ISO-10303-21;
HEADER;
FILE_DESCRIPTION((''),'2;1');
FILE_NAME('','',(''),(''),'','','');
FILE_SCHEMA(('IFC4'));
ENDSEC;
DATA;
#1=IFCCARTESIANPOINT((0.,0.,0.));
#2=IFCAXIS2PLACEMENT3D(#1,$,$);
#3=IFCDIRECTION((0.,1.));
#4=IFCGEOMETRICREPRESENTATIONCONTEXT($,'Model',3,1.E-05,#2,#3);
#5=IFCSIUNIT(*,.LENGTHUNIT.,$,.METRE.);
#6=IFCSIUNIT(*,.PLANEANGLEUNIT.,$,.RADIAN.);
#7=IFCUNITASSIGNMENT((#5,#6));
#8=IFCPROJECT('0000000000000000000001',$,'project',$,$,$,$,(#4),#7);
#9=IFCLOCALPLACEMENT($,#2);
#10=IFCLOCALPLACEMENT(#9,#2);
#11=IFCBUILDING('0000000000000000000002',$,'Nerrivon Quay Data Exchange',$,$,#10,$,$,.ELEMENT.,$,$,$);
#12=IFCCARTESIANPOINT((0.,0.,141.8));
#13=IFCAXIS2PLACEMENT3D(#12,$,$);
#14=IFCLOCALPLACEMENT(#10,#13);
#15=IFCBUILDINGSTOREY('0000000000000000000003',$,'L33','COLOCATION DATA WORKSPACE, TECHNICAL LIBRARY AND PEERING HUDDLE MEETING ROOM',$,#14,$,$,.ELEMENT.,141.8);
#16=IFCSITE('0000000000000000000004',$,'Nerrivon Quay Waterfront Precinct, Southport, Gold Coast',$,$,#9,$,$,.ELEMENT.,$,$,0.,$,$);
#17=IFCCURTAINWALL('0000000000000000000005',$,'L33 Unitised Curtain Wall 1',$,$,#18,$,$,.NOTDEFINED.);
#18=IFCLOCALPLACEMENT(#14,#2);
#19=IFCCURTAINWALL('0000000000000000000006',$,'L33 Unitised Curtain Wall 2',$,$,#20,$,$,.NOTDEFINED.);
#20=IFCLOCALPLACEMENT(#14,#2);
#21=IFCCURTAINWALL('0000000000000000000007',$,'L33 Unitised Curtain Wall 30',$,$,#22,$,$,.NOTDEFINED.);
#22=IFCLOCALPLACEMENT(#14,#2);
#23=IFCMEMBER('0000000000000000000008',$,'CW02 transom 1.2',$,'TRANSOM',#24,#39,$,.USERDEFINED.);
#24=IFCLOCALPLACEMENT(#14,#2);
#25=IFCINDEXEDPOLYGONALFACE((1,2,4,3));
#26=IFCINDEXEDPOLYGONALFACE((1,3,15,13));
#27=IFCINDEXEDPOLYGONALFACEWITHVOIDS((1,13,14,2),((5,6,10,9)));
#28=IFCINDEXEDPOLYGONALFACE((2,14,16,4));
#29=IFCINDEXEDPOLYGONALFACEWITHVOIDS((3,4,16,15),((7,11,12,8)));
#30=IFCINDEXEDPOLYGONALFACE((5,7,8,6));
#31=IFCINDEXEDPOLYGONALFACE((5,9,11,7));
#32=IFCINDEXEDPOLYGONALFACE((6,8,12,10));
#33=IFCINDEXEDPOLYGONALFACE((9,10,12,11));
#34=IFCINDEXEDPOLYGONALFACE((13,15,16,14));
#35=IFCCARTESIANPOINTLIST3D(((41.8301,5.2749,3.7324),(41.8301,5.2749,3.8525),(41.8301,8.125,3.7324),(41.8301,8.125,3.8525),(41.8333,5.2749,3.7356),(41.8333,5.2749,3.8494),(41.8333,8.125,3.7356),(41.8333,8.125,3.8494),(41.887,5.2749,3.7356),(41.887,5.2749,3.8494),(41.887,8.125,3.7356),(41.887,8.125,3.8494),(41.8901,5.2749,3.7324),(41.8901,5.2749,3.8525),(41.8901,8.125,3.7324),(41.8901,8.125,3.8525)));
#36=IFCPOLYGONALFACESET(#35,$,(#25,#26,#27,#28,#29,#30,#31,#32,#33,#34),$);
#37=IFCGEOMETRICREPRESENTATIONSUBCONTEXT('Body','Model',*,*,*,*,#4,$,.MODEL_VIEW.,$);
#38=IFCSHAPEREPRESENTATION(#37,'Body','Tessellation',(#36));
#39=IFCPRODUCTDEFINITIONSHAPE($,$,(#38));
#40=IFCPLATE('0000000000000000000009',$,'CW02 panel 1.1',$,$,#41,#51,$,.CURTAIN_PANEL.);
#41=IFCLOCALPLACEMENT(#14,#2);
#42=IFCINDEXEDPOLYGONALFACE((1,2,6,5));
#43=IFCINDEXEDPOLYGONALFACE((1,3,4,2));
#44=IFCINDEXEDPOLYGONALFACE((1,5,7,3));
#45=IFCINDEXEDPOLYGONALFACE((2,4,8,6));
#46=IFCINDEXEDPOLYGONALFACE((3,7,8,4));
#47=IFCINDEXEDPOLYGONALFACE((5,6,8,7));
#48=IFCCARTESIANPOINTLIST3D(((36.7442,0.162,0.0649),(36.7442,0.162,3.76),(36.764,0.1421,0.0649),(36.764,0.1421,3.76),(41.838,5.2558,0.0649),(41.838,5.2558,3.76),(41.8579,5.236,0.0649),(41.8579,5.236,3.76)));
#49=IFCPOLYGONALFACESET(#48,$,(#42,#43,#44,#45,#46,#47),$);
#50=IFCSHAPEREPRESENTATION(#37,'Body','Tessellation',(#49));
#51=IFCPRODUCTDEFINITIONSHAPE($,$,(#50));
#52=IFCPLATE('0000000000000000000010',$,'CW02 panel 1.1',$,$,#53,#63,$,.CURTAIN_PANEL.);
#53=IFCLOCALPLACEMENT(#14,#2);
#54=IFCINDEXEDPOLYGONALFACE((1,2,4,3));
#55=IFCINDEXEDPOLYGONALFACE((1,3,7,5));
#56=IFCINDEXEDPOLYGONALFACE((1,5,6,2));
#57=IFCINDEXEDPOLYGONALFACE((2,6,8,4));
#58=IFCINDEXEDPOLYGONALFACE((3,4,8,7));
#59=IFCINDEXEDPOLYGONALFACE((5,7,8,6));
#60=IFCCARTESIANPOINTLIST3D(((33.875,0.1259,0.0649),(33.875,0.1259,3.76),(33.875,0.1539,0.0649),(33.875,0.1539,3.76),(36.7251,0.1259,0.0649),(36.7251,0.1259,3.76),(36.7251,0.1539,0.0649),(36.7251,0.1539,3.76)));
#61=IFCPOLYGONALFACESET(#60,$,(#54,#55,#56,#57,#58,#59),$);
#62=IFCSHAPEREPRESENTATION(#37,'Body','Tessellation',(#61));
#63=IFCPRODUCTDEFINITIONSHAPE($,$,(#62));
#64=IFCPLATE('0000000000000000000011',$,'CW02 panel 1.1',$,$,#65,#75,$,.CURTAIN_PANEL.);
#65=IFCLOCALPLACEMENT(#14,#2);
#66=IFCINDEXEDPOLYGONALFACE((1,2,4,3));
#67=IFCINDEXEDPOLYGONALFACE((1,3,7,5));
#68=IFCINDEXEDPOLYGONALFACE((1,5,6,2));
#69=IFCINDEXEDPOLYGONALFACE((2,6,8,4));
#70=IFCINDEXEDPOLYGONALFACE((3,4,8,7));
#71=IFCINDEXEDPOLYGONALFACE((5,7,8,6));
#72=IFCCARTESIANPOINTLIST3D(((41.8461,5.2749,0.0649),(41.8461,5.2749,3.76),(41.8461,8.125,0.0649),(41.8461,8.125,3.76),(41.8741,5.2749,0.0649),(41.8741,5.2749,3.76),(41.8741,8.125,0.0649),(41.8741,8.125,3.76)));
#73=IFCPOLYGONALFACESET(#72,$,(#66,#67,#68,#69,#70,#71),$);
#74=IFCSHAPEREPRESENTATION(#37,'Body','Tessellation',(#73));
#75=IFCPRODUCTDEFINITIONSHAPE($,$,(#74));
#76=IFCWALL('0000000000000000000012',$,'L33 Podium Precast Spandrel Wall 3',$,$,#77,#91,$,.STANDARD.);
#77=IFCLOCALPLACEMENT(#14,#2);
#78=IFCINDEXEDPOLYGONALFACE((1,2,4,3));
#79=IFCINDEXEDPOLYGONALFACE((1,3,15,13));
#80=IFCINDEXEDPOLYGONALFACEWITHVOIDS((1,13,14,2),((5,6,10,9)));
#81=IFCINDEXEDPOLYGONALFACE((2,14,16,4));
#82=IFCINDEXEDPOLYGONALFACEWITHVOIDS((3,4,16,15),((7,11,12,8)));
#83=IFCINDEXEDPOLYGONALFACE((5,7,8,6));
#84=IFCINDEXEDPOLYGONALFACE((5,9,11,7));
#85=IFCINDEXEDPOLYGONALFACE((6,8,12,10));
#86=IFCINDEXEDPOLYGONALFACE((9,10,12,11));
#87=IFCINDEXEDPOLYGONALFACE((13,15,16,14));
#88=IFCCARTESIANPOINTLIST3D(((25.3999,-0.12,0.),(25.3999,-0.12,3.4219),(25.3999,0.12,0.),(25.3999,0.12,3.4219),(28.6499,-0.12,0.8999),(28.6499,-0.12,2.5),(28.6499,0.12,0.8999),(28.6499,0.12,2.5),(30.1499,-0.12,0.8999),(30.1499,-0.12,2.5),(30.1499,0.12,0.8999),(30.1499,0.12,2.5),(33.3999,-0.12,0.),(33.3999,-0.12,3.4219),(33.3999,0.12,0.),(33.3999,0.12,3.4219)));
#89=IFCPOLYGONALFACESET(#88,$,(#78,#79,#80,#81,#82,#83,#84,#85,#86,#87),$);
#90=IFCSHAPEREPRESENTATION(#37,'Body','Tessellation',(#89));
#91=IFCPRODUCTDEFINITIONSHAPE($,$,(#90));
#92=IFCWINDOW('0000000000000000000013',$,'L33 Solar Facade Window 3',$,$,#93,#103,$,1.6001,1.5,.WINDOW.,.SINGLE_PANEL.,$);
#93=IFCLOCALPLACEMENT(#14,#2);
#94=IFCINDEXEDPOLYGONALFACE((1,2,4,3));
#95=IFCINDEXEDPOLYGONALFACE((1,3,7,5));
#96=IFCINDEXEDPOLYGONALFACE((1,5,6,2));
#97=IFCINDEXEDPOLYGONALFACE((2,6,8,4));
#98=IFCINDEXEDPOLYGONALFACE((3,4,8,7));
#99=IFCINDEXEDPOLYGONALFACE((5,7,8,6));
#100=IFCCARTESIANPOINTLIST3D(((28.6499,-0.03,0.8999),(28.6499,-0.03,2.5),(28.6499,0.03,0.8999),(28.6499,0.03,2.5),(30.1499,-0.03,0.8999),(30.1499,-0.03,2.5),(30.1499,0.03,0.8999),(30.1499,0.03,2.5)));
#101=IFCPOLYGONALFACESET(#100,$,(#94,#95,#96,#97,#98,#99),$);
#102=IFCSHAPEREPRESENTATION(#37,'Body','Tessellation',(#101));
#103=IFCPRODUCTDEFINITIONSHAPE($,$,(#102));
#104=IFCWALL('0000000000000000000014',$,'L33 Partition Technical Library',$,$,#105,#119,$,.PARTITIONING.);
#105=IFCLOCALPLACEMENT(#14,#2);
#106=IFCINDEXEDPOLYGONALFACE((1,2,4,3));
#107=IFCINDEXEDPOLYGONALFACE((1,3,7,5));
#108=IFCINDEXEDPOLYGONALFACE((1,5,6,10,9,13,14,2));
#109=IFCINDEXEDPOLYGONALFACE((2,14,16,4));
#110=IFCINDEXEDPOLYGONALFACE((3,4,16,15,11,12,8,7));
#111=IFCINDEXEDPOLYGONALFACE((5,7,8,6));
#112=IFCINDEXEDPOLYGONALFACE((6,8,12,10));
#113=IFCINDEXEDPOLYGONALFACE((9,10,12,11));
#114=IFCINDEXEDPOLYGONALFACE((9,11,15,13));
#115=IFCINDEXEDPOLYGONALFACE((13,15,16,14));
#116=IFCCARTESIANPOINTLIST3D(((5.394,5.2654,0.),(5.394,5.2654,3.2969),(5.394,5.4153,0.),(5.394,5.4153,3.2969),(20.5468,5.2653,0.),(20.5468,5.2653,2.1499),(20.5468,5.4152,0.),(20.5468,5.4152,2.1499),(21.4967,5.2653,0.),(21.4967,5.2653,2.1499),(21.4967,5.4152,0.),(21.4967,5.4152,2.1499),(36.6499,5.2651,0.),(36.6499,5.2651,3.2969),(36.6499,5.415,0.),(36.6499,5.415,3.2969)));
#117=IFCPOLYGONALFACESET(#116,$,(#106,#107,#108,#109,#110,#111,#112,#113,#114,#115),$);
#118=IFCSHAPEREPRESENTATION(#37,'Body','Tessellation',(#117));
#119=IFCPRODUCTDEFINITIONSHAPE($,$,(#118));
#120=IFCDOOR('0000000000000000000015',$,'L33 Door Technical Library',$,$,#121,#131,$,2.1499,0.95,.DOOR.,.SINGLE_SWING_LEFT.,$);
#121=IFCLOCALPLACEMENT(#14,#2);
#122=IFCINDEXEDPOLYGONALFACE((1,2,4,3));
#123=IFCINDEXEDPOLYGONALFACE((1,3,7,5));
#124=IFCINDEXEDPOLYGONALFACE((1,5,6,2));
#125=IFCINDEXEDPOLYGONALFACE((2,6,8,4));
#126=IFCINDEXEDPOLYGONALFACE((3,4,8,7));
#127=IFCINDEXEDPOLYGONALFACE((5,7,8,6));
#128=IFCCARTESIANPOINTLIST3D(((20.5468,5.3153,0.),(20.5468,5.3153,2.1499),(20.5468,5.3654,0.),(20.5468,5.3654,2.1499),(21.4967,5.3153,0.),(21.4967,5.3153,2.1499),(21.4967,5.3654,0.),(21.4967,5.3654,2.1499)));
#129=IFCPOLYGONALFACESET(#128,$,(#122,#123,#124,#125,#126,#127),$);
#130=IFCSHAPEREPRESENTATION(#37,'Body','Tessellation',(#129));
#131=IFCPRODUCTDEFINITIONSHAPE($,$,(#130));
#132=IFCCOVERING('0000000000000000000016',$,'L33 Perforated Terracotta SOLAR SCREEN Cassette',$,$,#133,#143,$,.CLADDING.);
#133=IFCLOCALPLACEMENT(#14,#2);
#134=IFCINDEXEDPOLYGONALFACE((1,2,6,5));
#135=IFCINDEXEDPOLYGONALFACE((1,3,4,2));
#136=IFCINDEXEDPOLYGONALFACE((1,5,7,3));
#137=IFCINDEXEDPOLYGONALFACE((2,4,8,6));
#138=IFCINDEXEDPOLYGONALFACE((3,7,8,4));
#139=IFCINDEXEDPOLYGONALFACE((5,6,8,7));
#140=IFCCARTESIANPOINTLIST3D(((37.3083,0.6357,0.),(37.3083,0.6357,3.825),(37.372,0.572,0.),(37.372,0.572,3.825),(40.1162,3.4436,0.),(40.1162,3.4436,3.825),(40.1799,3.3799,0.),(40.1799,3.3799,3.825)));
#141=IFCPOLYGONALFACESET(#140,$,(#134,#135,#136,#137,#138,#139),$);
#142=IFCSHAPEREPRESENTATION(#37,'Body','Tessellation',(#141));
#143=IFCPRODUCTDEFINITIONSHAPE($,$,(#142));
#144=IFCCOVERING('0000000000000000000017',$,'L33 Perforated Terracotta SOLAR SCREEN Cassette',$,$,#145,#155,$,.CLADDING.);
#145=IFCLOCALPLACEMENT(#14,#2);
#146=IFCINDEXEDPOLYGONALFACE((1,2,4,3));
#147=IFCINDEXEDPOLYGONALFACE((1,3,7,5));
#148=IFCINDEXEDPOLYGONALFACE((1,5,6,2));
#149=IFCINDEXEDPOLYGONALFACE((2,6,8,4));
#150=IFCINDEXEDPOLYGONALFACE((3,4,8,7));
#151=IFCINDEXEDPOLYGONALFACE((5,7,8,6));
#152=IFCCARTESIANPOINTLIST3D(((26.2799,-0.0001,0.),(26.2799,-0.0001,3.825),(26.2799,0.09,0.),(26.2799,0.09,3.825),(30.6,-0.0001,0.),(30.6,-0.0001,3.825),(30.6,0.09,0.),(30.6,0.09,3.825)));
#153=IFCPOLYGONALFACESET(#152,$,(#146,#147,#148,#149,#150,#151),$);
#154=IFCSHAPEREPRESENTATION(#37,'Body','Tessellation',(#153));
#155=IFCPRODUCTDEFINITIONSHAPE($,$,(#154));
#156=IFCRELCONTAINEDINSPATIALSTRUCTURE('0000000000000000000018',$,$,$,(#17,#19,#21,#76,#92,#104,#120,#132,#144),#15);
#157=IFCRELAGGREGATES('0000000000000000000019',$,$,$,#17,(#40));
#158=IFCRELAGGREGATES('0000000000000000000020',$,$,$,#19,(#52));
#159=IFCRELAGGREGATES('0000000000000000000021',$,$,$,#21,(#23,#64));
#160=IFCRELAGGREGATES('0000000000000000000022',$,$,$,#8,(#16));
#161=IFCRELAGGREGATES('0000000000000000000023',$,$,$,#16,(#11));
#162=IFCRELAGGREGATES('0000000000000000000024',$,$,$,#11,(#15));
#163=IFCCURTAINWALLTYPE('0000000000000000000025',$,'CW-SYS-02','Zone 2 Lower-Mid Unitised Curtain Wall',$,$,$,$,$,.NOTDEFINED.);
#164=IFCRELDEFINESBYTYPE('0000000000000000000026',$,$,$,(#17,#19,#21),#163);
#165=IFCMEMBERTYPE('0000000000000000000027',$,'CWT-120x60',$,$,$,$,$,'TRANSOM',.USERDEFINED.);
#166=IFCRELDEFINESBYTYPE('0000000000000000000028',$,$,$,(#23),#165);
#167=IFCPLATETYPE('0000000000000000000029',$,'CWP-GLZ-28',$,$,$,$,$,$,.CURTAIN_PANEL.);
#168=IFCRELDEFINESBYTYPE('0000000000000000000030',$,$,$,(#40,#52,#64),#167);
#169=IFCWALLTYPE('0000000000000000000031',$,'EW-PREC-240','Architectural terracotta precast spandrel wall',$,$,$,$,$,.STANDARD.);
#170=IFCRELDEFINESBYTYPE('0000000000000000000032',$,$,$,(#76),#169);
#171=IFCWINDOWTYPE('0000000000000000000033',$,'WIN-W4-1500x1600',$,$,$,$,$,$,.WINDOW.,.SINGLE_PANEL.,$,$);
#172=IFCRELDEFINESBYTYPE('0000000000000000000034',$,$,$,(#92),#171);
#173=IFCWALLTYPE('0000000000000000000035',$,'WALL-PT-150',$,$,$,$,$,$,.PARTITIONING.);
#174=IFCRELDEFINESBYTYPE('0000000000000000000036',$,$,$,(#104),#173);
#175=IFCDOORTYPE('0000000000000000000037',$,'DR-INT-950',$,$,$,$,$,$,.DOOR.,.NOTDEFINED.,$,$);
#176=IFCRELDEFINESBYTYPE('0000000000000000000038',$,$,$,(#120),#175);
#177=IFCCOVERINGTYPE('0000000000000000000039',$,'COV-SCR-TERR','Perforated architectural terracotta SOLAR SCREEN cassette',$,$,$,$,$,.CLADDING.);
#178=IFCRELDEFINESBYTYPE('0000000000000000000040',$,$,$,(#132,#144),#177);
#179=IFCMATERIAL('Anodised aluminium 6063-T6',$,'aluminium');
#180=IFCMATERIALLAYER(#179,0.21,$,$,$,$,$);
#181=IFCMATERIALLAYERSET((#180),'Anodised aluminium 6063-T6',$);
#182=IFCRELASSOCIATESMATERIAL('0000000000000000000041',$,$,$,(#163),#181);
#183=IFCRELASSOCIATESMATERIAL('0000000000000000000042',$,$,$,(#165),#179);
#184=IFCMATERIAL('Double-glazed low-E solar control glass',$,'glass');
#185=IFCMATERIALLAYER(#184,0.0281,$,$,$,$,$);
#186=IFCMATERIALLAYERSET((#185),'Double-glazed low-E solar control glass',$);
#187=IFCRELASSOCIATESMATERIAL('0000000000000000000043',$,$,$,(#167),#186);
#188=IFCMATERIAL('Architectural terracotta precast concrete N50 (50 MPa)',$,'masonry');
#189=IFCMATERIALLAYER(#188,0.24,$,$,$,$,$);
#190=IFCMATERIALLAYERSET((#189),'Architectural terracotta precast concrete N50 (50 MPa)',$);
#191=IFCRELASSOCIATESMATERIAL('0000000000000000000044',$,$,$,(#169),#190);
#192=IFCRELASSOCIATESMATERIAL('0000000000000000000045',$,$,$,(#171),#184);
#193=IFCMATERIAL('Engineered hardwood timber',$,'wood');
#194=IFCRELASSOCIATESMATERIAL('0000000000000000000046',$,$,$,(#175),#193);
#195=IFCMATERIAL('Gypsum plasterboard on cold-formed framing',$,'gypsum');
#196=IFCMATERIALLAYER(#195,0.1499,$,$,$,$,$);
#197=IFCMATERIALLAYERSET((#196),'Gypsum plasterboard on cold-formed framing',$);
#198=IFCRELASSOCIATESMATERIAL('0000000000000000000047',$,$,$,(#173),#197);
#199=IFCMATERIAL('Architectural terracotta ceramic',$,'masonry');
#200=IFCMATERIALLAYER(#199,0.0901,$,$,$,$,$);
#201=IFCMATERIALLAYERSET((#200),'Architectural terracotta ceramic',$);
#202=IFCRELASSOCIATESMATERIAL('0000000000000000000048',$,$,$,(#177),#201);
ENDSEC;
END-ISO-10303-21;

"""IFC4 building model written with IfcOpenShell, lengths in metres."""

from ifc_helpers import new_model, si_unit, direction, frame, frame_2d, origin, origin_2d, place, context, subcontext, project, spatial, rectangle, hollow_rectangle, extrude, material, layer, layer_set, material_profile, profile_set, type_object, element, fill, aggregate, save


model = new_model("IFC4")

# Units and contexts
model_context = context("Model", 3, precision=1e-05, world=origin(), true_north=direction((0.0, 1.0)))
body_context = subcontext(model_context, "Body", "Model", "MODEL_VIEW")
ifc_project = project(units=[si_unit("LENGTHUNIT", "METRE"), si_unit("PLANEANGLEUNIT", "RADIAN")], contexts=[model_context])

# Site, building, storey
site_placement = place(None, origin())
site = spatial("IfcSite", under=ifc_project, at=site_placement, Name="Nerrivon Quay Waterfront Precinct, Southport, Gold Coast", CompositionType="ELEMENT", RefElevation=0.0)
building_placement = place(site_placement, origin())
building = spatial("IfcBuilding", under=site, at=building_placement, Name="Nerrivon Quay Data Exchange", CompositionType="ELEMENT")
storey_placement = place(building_placement, frame((0.0, 0.0, 141.8)))
storey = spatial("IfcBuildingStorey", under=building, at=storey_placement, Name="L33", Description="COLOCATION DATA WORKSPACE, TECHNICAL LIBRARY AND PEERING HUDDLE MEETING ROOM", CompositionType="ELEMENT", Elevation=141.8)

# Curtain walls
ifc_material_1 = material(Name="Anodised aluminium 6063-T6", Category="aluminium")
ifc_layer_1 = layer(ifc_material_1, 0.21)
ifc_layer_set_1 = layer_set([ifc_layer_1], Name="Anodised aluminium 6063-T6")
curtain_wall_type = type_object("IfcCurtainWallType", Name="CW-SYS-02", Description="Zone 2 Lower-Mid Unitised Curtain Wall", PredefinedType="NOTDEFINED", material=ifc_layer_set_1)
curtain_wall_1_placement = place(storey_placement, origin())
curtain_wall_1 = element("IfcCurtainWall", 1, at=curtain_wall_1_placement, inside=storey, type_object=curtain_wall_type, Name="L33 Unitised Curtain Wall 1", PredefinedType="NOTDEFINED")
curtain_wall_2_placement = place(storey_placement, origin())
curtain_wall_2 = element("IfcCurtainWall", 2, at=curtain_wall_2_placement, inside=storey, type_object=curtain_wall_type, Name="L33 Unitised Curtain Wall 2", PredefinedType="NOTDEFINED")
curtain_wall_3_placement = place(storey_placement, origin())
curtain_wall_3 = element("IfcCurtainWall", 3, at=curtain_wall_3_placement, inside=storey, type_object=curtain_wall_type, Name="L33 Unitised Curtain Wall 30", PredefinedType="NOTDEFINED")

# Member
ifc_material_profile_1 = material_profile(ifc_material_1, hollow_rectangle(XDim=0.0601, YDim=0.1201, WallThickness=0.0032, at=origin_2d()), Name="ALU-TRAN-120x60")
ifc_profile_set_1 = profile_set([ifc_material_profile_1], Name="Anodised aluminium 6063-T6")
member_type_1 = type_object("IfcMemberType", Name="CWT-120x60", ElementType="TRANSOM", PredefinedType="USERDEFINED", material=ifc_profile_set_1)
member_1_placement = place(storey_placement, frame((41.8601, 8.125, 3.7925), z_axis=(0.0, -1.0, 0.0), x_axis=(1.0, 0.0, 0.0)))
member_1 = element("IfcMember", 4, at=member_1_placement, type_object=member_type_1, Name="CW02 transom 1.2", ObjectType="TRANSOM", PredefinedType="USERDEFINED", context=body_context, shape_type="SweptSolid", body=[
    extrude(hollow_rectangle(XDim=0.0601, YDim=0.1201, WallThickness=0.0032, at=origin_2d()), origin(), (0.0, 0.0, 1.0), 2.8501),
])

# Plates
ifc_material_2 = material(Name="Double-glazed low-E solar control glass", Category="glass")
ifc_layer_2 = layer(ifc_material_2, 0.0281)
ifc_layer_set_2 = layer_set([ifc_layer_2], Name="Double-glazed low-E solar control glass")
plate_type = type_object("IfcPlateType", Name="CWP-GLZ-28", PredefinedType="CURTAIN_PANEL", material=ifc_layer_set_2)
plate_1_placement = place(storey_placement, frame((39.301, 2.699, 0.0649), z_axis=(0.0, 0.0, 1.0), x_axis=(-0.707107, -0.707107, 0.0)))
plate_1 = element("IfcPlate", 5, at=plate_1_placement, type_object=plate_type, Name="CW02 panel 1.1", PredefinedType="CURTAIN_PANEL", context=body_context, shape_type="SweptSolid", body=[
    extrude(rectangle(XDim=7.2039, YDim=0.0281, at=origin_2d()), origin(), (0.0, 0.0, 1.0), 3.6951),
])
aggregate(curtain_wall_1, [plate_1])
plate_2_placement = place(storey_placement, frame((35.3, 0.1399, 0.0649), z_axis=(0.0, 0.0, 1.0), x_axis=(-1.0, 0.0, 0.0)))
plate_2 = element("IfcPlate", 6, at=plate_2_placement, type_object=plate_type, Name="CW02 panel 1.1", PredefinedType="CURTAIN_PANEL", context=body_context, shape_type="SweptSolid", body=[
    extrude(rectangle(XDim=2.8501, YDim=0.0281, at=origin_2d()), origin(), (0.0, 0.0, 1.0), 3.6951),
])
aggregate(curtain_wall_2, [plate_2])
plate_3_placement = place(storey_placement, frame((41.8601, 6.7, 0.0649), z_axis=(0.0, 0.0, 1.0), x_axis=(0.0, -1.0, 0.0)))
plate_3 = element("IfcPlate", 7, at=plate_3_placement, type_object=plate_type, Name="CW02 panel 1.1", PredefinedType="CURTAIN_PANEL", context=body_context, shape_type="SweptSolid", body=[
    extrude(rectangle(XDim=2.8501, YDim=0.0281, at=origin_2d()), origin(), (0.0, 0.0, 1.0), 3.6951),
])
aggregate(curtain_wall_3, [member_1, plate_3])

# Wall, opening, window
ifc_material_3 = material(Name="Architectural terracotta precast concrete N50 (50 MPa)", Category="masonry")
ifc_layer_3 = layer(ifc_material_3, 0.24)
ifc_layer_set_3 = layer_set([ifc_layer_3], Name="Architectural terracotta precast concrete N50 (50 MPa)")
wall_type_1 = type_object("IfcWallType", Name="EW-PREC-240", Description="Architectural terracotta precast spandrel wall", PredefinedType="STANDARD", material=ifc_layer_set_3)
wall_1_placement = place(storey_placement, frame((33.3999, 0.0, 0.0), z_axis=(0.0, 0.0, 1.0), x_axis=(-1.0, 0.0, 0.0)))
wall_1 = element("IfcWall", 8, at=wall_1_placement, inside=storey, type_object=wall_type_1, Name="L33 Podium Precast Spandrel Wall 3", PredefinedType="STANDARD", context=body_context, shape_type="SweptSolid", body=[
    extrude(rectangle(XDim=8.0, YDim=0.24, at=frame_2d((4.0, 0.0))), origin(), (0.0, 0.0, 1.0), 3.4219),
])
opening_1_placement = place(wall_1_placement, frame((3.25, 0.0, 0.8999)))
opening_1 = element("IfcOpeningElement", 9, at=opening_1_placement, cuts=wall_1, PredefinedType="OPENING", context=body_context, shape_type="SweptSolid", body=[
    extrude(rectangle(XDim=1.5, YDim=1.6001, at=frame_2d((0.75, 0.8))), frame((0.0, 0.1299, 0.0), z_axis=(0.0, -1.0, 0.0), x_axis=(1.0, 0.0, 0.0)), (0.0, 0.0, 1.0), 0.26),
])
window_type = type_object("IfcWindowType", Name="WIN-W4-1500x1600", PartitioningType="SINGLE_PANEL", PredefinedType="WINDOW", material=ifc_material_2)
window_placement = place(opening_1_placement, origin())
window = element("IfcWindow", 10, at=window_placement, inside=storey, type_object=window_type, Name="L33 Solar Facade Window 3", OverallHeight=1.6001, OverallWidth=1.5, PartitioningType="SINGLE_PANEL", PredefinedType="WINDOW", context=body_context, shape_type="SweptSolid", body=[
    extrude(rectangle(XDim=1.5, YDim=1.6001, at=frame_2d((0.75, 0.8))), frame((0.0, 0.03, 0.0), z_axis=(0.0, -1.0, 0.0), x_axis=(1.0, 0.0, 0.0)), (0.0, 0.0, 1.0), 0.0601),
])
fill(opening_1, window)

# Wall, opening, door
ifc_material_4 = material(Name="Gypsum plasterboard on cold-formed framing", Category="gypsum")
ifc_material_5 = material(Name="Engineered hardwood timber", Category="wood")
door_type = type_object("IfcDoorType", Name="DR-INT-950", OperationType="NOTDEFINED", PredefinedType="DOOR", material=ifc_material_5)
ifc_layer_4 = layer(ifc_material_4, 0.1499)
ifc_layer_set_4 = layer_set([ifc_layer_4], Name="Gypsum plasterboard on cold-formed framing")
wall_type_2 = type_object("IfcWallType", Name="WALL-PT-150", PredefinedType="PARTITIONING", material=ifc_layer_set_4)
wall_2_placement = place(storey_placement, frame((36.6499, 5.3401, 0.0), z_axis=(0.0, 0.0, 1.0), x_axis=(-1.0, 0.000008, 0.0)))
wall_2 = element("IfcWall", 11, at=wall_2_placement, inside=storey, type_object=wall_type_2, Name="L33 Partition Technical Library", PredefinedType="PARTITIONING", context=body_context, shape_type="SweptSolid", body=[
    extrude(rectangle(XDim=31.2559, YDim=0.1499, at=frame_2d((15.6279, 0.0))), origin(), (0.0, 0.0, 1.0), 3.2969),
])
opening_2_placement = place(wall_2_placement, frame((15.1531, 0.0, 0.0)))
opening_2 = element("IfcOpeningElement", 12, at=opening_2_placement, cuts=wall_2, PredefinedType="OPENING", context=body_context, shape_type="SweptSolid", body=[
    extrude(rectangle(XDim=0.95, YDim=2.1499, at=frame_2d((0.4751, 1.075))), frame((0.0, 0.085, 0.0), z_axis=(0.0, -1.0, 0.0), x_axis=(1.0, 0.0, 0.0)), (0.0, 0.0, 1.0), 0.1699),
])
door_1_placement = place(opening_2_placement, origin())
door_1 = element("IfcDoor", 13, at=door_1_placement, inside=storey, type_object=door_type, Name="L33 Door Technical Library", OperationType="SINGLE_SWING_LEFT", OverallHeight=2.1499, OverallWidth=0.95, PredefinedType="DOOR", context=body_context, shape_type="SweptSolid", body=[
    extrude(rectangle(XDim=0.95, YDim=2.1499, at=frame_2d((0.4751, 1.075))), frame((0.0, 0.0249, 0.0), z_axis=(0.0, -1.0, 0.0), x_axis=(1.0, 0.0, 0.0)), (0.0, 0.0, 1.0), 0.05),
])
fill(opening_2, door_1)

# Coverings
ifc_material_6 = material(Name="Architectural terracotta ceramic", Category="masonry")
ifc_layer_5 = layer(ifc_material_6, 0.0901)
ifc_layer_set_5 = layer_set([ifc_layer_5], Name="Architectural terracotta ceramic")
covering_type = type_object("IfcCoveringType", Name="COV-SCR-TERR", Description="Perforated architectural terracotta SOLAR SCREEN cassette", PredefinedType="CLADDING", material=ifc_layer_set_5)
covering_1_placement = place(storey_placement, frame((38.7441, 2.0078, 0.0), z_axis=(0.0, 0.0, 1.0), x_axis=(-0.707107, -0.707107, 0.0)))
element("IfcCovering", 14, at=covering_1_placement, inside=storey, type_object=covering_type, Name="L33 Perforated Terracotta SOLAR SCREEN Cassette", PredefinedType="CLADDING", context=body_context, shape_type="SweptSolid", body=[
    extrude(rectangle(XDim=3.9709, YDim=0.0901, at=origin_2d()), origin(), (0.0, 0.0, 1.0), 3.825),
])
covering_2_placement = place(storey_placement, frame((28.4399, 0.0449, 0.0), z_axis=(0.0, 0.0, 1.0), x_axis=(-1.0, 0.0, 0.0)))
element("IfcCovering", 15, at=covering_2_placement, inside=storey, type_object=covering_type, Name="L33 Perforated Terracotta SOLAR SCREEN Cassette", PredefinedType="CLADDING", context=body_context, shape_type="SweptSolid", body=[
    extrude(rectangle(XDim=4.3201, YDim=0.0901, at=origin_2d()), origin(), (0.0, 0.0, 1.0), 3.825),
])

save(model, "model.ifc")
